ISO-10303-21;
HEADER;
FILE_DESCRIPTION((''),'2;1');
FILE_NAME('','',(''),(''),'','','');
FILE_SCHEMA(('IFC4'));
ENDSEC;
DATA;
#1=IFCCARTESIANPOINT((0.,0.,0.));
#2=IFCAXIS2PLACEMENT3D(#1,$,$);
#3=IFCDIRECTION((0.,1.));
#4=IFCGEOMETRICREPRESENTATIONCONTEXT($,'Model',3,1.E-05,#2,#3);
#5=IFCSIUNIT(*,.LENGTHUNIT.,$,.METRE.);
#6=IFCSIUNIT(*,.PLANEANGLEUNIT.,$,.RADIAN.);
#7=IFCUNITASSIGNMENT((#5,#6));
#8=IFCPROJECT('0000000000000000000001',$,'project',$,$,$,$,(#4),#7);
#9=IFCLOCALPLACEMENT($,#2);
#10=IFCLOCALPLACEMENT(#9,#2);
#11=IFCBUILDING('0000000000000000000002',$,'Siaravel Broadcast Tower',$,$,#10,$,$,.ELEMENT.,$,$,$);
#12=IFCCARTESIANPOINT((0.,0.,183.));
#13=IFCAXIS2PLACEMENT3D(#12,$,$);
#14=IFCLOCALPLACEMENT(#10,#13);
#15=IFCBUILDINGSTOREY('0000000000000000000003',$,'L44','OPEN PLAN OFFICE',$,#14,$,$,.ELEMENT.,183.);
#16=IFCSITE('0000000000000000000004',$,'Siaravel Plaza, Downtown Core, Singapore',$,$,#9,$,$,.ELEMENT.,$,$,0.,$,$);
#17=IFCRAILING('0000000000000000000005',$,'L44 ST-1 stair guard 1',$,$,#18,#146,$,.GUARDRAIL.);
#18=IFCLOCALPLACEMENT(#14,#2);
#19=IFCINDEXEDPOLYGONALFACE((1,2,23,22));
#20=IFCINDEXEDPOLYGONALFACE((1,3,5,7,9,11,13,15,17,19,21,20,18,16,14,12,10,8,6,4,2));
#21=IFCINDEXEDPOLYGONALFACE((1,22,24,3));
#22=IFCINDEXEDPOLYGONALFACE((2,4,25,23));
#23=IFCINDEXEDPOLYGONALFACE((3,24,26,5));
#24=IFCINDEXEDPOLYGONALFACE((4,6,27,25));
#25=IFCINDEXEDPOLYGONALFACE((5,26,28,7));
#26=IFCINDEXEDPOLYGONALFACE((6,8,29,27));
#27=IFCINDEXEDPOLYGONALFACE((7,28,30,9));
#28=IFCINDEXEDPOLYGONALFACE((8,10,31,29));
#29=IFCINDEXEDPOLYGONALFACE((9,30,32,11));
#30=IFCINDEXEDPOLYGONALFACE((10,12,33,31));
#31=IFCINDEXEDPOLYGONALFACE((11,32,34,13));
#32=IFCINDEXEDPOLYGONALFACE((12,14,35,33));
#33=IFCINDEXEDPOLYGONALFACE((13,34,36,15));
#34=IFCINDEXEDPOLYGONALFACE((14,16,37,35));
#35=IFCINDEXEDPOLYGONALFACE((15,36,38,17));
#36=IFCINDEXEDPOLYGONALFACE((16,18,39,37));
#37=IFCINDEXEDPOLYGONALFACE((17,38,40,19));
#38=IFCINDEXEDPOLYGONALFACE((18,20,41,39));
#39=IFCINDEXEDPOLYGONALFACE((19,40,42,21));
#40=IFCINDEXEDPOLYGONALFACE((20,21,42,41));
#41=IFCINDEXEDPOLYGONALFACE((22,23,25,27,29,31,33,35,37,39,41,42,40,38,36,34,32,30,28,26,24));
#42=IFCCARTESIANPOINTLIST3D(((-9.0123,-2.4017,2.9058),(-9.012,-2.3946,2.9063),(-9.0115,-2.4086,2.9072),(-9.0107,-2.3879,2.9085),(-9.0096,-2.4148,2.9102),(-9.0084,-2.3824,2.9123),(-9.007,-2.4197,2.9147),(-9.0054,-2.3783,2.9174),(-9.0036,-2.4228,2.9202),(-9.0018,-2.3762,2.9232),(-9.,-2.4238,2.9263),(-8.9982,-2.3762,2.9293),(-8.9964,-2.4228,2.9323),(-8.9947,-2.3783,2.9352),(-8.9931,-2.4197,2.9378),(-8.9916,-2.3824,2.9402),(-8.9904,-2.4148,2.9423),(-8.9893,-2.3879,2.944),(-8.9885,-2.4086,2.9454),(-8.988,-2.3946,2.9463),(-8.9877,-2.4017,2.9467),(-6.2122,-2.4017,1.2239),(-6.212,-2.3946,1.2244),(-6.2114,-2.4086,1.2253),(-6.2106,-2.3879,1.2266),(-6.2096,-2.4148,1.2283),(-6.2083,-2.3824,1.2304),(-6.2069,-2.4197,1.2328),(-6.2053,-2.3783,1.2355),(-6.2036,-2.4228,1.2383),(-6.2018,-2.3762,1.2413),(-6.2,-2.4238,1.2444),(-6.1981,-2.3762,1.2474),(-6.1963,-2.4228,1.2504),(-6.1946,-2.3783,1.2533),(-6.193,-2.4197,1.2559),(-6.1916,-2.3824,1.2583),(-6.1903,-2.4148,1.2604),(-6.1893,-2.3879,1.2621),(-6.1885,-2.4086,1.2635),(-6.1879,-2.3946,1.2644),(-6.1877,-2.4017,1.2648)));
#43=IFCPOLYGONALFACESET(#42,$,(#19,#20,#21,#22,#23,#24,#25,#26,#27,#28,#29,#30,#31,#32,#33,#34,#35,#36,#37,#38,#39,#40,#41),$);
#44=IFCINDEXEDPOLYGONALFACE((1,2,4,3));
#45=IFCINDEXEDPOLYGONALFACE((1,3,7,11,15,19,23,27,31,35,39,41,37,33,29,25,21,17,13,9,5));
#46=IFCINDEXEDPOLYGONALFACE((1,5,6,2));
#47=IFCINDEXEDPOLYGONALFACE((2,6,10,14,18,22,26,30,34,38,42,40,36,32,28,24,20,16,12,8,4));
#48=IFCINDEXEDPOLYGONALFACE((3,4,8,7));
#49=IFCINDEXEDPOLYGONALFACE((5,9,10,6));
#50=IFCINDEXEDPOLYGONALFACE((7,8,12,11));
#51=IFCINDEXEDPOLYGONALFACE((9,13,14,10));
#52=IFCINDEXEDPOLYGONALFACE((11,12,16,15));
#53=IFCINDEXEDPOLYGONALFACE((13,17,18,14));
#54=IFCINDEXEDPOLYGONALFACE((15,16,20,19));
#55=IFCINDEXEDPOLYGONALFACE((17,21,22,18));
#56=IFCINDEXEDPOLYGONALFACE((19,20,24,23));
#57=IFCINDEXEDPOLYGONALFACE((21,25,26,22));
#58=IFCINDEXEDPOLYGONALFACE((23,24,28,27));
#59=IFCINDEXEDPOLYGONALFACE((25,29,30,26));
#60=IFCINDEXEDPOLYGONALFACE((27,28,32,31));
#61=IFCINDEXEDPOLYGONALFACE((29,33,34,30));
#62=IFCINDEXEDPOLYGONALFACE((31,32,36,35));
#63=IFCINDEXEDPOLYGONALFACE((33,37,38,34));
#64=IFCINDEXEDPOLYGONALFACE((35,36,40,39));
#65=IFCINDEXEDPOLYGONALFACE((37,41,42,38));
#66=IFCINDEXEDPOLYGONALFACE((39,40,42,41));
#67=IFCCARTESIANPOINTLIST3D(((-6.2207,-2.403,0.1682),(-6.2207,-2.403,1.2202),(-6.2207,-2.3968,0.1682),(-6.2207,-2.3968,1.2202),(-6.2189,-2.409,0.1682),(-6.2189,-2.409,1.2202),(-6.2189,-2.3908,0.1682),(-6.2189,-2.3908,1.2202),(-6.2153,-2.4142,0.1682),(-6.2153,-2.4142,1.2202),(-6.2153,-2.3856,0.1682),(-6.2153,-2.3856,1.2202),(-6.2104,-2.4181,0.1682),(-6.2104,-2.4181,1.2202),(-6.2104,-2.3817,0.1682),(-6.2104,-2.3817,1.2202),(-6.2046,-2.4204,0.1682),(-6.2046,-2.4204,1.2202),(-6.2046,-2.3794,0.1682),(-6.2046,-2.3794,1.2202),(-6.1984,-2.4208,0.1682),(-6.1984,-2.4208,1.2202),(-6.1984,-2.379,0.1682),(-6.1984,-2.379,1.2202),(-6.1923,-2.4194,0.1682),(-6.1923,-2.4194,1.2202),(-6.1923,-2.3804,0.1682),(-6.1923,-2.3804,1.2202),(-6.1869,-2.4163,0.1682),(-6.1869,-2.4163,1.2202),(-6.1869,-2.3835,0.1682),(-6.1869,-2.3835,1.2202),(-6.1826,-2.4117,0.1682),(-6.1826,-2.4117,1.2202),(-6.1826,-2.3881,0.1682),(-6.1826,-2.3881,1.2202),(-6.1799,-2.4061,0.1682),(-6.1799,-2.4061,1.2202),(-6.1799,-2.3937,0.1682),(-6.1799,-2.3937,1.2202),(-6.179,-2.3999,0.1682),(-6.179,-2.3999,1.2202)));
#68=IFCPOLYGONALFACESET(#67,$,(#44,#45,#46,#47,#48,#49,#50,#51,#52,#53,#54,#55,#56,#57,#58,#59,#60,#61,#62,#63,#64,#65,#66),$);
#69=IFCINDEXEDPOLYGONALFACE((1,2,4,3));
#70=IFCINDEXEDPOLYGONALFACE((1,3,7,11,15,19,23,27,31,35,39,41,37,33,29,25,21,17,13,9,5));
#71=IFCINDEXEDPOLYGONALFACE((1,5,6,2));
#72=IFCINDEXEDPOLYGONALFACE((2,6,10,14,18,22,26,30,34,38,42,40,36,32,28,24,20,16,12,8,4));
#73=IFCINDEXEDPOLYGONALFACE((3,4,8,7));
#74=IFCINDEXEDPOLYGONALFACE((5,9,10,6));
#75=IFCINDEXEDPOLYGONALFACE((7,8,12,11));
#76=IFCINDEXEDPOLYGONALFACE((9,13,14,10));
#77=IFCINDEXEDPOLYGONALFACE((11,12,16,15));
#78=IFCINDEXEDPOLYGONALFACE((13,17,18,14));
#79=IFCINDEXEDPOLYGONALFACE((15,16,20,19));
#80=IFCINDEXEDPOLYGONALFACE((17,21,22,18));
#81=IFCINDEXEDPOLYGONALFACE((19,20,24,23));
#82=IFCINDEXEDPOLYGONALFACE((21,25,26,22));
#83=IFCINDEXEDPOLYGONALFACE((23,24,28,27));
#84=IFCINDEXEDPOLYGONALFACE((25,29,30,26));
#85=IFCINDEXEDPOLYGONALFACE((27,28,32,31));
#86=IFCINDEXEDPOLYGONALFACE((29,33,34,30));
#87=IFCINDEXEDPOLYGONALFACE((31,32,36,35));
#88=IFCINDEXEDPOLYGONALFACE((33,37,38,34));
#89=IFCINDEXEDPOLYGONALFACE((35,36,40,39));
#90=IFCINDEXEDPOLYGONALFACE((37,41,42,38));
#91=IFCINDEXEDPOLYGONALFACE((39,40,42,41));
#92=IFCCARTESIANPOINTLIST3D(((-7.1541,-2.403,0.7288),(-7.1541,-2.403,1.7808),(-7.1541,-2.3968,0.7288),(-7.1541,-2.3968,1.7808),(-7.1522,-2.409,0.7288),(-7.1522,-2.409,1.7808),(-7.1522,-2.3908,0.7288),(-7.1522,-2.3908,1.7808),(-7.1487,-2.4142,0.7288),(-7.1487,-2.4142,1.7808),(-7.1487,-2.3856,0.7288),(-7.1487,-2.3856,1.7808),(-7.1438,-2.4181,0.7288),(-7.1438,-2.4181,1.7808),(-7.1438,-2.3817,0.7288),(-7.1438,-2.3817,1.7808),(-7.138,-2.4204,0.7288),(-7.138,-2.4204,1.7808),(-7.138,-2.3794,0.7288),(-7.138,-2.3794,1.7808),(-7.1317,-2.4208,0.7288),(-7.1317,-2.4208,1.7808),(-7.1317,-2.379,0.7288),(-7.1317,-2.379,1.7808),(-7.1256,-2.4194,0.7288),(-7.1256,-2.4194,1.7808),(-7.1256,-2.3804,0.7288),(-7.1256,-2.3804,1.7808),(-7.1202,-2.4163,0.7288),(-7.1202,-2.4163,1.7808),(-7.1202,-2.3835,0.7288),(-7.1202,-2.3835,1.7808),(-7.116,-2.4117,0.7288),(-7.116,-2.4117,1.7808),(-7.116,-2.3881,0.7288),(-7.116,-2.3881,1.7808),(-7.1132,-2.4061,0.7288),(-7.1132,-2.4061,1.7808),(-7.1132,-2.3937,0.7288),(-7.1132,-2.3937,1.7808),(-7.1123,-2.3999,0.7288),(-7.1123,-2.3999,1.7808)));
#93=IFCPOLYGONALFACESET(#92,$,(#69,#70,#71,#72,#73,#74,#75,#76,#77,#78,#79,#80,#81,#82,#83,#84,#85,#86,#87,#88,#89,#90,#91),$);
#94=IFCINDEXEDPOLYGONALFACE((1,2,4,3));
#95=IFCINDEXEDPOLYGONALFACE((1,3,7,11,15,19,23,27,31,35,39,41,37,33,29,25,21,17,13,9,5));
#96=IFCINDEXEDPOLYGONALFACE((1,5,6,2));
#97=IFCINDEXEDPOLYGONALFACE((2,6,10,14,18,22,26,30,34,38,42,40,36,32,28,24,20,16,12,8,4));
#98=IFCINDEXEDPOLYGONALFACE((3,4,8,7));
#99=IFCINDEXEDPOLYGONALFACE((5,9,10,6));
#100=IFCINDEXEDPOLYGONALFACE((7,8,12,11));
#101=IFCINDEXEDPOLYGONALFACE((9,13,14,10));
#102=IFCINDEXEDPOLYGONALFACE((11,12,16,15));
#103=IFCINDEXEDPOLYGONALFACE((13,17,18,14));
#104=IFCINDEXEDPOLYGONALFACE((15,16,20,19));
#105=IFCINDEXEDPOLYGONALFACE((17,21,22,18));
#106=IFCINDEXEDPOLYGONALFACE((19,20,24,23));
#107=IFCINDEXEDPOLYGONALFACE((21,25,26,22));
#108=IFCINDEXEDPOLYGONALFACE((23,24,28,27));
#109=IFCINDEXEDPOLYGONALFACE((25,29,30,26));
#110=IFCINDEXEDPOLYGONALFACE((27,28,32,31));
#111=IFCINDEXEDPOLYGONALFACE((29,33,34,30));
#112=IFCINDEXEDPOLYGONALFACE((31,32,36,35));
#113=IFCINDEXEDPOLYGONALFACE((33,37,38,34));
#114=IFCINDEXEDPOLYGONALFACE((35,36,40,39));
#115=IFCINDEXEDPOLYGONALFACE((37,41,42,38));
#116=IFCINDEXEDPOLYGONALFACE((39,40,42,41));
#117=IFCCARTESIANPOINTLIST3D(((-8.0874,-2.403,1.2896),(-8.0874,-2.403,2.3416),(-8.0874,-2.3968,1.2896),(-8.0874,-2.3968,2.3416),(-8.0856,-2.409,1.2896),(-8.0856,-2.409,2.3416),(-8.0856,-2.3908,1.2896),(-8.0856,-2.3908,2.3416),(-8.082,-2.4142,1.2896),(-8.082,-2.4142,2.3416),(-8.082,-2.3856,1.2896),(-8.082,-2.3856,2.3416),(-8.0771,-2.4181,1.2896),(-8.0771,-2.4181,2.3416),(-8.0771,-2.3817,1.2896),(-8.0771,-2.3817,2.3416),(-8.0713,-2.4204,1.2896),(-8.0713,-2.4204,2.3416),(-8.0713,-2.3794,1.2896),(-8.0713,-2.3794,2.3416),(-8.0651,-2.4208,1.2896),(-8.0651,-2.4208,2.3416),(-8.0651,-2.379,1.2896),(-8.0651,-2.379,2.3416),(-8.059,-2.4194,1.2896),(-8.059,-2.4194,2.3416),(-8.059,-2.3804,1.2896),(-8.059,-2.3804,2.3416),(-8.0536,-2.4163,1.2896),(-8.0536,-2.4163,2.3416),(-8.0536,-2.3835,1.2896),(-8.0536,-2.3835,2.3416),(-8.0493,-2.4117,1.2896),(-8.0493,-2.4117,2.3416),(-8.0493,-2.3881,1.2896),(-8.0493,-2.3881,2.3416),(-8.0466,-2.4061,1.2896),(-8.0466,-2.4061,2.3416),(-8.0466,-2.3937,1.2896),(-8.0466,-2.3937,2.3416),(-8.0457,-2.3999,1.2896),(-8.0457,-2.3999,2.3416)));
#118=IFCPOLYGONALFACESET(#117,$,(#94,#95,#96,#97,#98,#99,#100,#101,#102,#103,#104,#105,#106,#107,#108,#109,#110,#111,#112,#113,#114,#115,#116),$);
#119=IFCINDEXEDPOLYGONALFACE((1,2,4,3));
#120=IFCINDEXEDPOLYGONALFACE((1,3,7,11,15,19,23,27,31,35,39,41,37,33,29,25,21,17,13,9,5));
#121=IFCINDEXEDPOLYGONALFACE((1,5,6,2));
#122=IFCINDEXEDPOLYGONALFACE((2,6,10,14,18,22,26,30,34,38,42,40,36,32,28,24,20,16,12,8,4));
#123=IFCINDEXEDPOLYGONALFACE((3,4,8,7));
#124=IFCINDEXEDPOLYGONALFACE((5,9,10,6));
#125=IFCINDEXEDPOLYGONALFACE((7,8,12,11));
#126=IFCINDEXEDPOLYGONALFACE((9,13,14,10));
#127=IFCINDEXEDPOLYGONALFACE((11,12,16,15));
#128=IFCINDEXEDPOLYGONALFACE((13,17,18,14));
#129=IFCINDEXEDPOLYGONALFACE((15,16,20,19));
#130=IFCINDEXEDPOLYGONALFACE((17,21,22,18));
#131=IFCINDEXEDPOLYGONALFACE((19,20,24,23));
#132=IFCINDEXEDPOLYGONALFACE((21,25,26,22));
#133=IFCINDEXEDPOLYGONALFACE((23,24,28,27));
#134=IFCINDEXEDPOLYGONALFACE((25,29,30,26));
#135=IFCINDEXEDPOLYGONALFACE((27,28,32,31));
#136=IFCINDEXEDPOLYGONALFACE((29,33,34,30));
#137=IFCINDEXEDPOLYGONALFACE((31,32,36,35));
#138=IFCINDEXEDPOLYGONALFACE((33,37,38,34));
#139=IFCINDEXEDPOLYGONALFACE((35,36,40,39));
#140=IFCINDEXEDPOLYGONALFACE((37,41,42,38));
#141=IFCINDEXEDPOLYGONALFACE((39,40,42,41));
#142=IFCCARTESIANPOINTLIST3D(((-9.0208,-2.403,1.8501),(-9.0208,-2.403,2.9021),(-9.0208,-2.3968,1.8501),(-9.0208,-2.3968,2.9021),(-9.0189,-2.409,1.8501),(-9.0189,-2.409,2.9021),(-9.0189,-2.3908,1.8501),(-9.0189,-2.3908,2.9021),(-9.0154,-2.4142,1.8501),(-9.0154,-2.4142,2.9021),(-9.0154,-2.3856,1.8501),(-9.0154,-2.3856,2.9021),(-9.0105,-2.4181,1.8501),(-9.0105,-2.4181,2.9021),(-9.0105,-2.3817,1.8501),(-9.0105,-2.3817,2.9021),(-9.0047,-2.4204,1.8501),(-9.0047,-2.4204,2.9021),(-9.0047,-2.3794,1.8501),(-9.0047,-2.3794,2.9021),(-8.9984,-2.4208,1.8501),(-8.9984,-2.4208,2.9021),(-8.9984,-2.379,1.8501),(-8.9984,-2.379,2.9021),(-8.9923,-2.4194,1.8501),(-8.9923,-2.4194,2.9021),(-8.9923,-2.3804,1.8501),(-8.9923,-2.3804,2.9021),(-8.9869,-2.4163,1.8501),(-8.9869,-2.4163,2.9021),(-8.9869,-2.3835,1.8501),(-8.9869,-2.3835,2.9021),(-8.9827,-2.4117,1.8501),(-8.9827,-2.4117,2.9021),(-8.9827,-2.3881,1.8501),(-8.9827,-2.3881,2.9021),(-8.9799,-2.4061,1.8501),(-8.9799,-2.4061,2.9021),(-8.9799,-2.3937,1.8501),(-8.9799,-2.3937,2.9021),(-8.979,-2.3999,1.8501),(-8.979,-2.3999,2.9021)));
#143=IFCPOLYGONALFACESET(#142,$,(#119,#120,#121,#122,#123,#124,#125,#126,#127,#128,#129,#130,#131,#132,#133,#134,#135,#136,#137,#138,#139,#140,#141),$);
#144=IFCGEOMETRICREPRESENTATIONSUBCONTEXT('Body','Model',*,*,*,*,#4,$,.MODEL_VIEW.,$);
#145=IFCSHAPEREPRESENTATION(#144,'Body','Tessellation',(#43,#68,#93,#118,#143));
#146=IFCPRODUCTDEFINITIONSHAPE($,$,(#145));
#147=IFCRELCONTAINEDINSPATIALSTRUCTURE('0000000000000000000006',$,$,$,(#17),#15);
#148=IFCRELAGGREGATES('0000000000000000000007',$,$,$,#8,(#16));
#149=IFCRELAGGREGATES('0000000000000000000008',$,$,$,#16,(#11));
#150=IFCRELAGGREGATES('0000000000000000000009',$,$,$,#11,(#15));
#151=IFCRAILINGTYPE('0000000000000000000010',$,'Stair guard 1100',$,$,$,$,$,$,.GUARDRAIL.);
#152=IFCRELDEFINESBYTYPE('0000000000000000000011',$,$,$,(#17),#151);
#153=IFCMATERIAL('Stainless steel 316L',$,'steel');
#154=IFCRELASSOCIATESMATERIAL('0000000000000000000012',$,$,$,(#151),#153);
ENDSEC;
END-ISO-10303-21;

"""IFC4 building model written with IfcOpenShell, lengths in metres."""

from ifc_helpers import new_model, si_unit, direction, frame, origin, origin_2d, place, context, subcontext, project, spatial, circle, extrude, material, type_object, element, save


model = new_model("IFC4")

# Units and contexts
model_context = context("Model", 3, precision=1e-05, world=origin(), true_north=direction((0.0, 1.0)))
body_context = subcontext(model_context, "Body", "Model", "MODEL_VIEW")
ifc_project = project(units=[si_unit("LENGTHUNIT", "METRE"), si_unit("PLANEANGLEUNIT", "RADIAN")], contexts=[model_context])

# Site, building, storey
site_placement = place(None, origin())
site = spatial("IfcSite", under=ifc_project, at=site_placement, Name="Siaravel Plaza, Downtown Core, Singapore", CompositionType="ELEMENT", RefElevation=0.0)
building_placement = place(site_placement, origin())
building = spatial("IfcBuilding", under=site, at=building_placement, Name="Siaravel Broadcast Tower", CompositionType="ELEMENT")
storey_placement = place(building_placement, frame((0.0, 0.0, 183.0)))
storey = spatial("IfcBuildingStorey", under=building, at=storey_placement, Name="L44", Description="OPEN PLAN OFFICE", CompositionType="ELEMENT", Elevation=183.0)

# Railing
ifc_material_1 = material(Name="Stainless steel 316L", Category="steel")
railing_type_1 = type_object("IfcRailingType", Name="Stair guard 1100", PredefinedType="GUARDRAIL", material=ifc_material_1)
railing_1_placement = place(storey_placement, frame((-6.2, -2.3999, 0.1682)))
element("IfcRailing", 1, at=railing_1_placement, inside=storey, type_object=railing_type_1, Name="L44 ST-1 stair guard 1", PredefinedType="GUARDRAIL", context=body_context, shape_type="SweptSolid", body=[
    extrude(circle(Radius=0.0239, at=origin_2d()), frame((0.0, 0.0, 1.0762), z_axis=(-0.857242, 0.0, 0.514913), x_axis=(0.0, -1.0, 0.0)), (0.0, 0.0, 1.0), 3.2664),
    extrude(circle(Radius=0.021, at=origin_2d()), origin(), (0.0, 0.0, 1.0), 1.052),
    extrude(circle(Radius=0.021, at=origin_2d()), frame((-0.9333, 0.0, 0.5605)), (0.0, 0.0, 1.0), 1.052),
    extrude(circle(Radius=0.021, at=origin_2d()), frame((-1.8667, 0.0, 1.1213)), (0.0, 0.0, 1.0), 1.052),
    extrude(circle(Radius=0.021, at=origin_2d()), frame((-2.8, 0.0, 1.6819)), (0.0, 0.0, 1.0), 1.052),
])

save(model, "model.ifc")
